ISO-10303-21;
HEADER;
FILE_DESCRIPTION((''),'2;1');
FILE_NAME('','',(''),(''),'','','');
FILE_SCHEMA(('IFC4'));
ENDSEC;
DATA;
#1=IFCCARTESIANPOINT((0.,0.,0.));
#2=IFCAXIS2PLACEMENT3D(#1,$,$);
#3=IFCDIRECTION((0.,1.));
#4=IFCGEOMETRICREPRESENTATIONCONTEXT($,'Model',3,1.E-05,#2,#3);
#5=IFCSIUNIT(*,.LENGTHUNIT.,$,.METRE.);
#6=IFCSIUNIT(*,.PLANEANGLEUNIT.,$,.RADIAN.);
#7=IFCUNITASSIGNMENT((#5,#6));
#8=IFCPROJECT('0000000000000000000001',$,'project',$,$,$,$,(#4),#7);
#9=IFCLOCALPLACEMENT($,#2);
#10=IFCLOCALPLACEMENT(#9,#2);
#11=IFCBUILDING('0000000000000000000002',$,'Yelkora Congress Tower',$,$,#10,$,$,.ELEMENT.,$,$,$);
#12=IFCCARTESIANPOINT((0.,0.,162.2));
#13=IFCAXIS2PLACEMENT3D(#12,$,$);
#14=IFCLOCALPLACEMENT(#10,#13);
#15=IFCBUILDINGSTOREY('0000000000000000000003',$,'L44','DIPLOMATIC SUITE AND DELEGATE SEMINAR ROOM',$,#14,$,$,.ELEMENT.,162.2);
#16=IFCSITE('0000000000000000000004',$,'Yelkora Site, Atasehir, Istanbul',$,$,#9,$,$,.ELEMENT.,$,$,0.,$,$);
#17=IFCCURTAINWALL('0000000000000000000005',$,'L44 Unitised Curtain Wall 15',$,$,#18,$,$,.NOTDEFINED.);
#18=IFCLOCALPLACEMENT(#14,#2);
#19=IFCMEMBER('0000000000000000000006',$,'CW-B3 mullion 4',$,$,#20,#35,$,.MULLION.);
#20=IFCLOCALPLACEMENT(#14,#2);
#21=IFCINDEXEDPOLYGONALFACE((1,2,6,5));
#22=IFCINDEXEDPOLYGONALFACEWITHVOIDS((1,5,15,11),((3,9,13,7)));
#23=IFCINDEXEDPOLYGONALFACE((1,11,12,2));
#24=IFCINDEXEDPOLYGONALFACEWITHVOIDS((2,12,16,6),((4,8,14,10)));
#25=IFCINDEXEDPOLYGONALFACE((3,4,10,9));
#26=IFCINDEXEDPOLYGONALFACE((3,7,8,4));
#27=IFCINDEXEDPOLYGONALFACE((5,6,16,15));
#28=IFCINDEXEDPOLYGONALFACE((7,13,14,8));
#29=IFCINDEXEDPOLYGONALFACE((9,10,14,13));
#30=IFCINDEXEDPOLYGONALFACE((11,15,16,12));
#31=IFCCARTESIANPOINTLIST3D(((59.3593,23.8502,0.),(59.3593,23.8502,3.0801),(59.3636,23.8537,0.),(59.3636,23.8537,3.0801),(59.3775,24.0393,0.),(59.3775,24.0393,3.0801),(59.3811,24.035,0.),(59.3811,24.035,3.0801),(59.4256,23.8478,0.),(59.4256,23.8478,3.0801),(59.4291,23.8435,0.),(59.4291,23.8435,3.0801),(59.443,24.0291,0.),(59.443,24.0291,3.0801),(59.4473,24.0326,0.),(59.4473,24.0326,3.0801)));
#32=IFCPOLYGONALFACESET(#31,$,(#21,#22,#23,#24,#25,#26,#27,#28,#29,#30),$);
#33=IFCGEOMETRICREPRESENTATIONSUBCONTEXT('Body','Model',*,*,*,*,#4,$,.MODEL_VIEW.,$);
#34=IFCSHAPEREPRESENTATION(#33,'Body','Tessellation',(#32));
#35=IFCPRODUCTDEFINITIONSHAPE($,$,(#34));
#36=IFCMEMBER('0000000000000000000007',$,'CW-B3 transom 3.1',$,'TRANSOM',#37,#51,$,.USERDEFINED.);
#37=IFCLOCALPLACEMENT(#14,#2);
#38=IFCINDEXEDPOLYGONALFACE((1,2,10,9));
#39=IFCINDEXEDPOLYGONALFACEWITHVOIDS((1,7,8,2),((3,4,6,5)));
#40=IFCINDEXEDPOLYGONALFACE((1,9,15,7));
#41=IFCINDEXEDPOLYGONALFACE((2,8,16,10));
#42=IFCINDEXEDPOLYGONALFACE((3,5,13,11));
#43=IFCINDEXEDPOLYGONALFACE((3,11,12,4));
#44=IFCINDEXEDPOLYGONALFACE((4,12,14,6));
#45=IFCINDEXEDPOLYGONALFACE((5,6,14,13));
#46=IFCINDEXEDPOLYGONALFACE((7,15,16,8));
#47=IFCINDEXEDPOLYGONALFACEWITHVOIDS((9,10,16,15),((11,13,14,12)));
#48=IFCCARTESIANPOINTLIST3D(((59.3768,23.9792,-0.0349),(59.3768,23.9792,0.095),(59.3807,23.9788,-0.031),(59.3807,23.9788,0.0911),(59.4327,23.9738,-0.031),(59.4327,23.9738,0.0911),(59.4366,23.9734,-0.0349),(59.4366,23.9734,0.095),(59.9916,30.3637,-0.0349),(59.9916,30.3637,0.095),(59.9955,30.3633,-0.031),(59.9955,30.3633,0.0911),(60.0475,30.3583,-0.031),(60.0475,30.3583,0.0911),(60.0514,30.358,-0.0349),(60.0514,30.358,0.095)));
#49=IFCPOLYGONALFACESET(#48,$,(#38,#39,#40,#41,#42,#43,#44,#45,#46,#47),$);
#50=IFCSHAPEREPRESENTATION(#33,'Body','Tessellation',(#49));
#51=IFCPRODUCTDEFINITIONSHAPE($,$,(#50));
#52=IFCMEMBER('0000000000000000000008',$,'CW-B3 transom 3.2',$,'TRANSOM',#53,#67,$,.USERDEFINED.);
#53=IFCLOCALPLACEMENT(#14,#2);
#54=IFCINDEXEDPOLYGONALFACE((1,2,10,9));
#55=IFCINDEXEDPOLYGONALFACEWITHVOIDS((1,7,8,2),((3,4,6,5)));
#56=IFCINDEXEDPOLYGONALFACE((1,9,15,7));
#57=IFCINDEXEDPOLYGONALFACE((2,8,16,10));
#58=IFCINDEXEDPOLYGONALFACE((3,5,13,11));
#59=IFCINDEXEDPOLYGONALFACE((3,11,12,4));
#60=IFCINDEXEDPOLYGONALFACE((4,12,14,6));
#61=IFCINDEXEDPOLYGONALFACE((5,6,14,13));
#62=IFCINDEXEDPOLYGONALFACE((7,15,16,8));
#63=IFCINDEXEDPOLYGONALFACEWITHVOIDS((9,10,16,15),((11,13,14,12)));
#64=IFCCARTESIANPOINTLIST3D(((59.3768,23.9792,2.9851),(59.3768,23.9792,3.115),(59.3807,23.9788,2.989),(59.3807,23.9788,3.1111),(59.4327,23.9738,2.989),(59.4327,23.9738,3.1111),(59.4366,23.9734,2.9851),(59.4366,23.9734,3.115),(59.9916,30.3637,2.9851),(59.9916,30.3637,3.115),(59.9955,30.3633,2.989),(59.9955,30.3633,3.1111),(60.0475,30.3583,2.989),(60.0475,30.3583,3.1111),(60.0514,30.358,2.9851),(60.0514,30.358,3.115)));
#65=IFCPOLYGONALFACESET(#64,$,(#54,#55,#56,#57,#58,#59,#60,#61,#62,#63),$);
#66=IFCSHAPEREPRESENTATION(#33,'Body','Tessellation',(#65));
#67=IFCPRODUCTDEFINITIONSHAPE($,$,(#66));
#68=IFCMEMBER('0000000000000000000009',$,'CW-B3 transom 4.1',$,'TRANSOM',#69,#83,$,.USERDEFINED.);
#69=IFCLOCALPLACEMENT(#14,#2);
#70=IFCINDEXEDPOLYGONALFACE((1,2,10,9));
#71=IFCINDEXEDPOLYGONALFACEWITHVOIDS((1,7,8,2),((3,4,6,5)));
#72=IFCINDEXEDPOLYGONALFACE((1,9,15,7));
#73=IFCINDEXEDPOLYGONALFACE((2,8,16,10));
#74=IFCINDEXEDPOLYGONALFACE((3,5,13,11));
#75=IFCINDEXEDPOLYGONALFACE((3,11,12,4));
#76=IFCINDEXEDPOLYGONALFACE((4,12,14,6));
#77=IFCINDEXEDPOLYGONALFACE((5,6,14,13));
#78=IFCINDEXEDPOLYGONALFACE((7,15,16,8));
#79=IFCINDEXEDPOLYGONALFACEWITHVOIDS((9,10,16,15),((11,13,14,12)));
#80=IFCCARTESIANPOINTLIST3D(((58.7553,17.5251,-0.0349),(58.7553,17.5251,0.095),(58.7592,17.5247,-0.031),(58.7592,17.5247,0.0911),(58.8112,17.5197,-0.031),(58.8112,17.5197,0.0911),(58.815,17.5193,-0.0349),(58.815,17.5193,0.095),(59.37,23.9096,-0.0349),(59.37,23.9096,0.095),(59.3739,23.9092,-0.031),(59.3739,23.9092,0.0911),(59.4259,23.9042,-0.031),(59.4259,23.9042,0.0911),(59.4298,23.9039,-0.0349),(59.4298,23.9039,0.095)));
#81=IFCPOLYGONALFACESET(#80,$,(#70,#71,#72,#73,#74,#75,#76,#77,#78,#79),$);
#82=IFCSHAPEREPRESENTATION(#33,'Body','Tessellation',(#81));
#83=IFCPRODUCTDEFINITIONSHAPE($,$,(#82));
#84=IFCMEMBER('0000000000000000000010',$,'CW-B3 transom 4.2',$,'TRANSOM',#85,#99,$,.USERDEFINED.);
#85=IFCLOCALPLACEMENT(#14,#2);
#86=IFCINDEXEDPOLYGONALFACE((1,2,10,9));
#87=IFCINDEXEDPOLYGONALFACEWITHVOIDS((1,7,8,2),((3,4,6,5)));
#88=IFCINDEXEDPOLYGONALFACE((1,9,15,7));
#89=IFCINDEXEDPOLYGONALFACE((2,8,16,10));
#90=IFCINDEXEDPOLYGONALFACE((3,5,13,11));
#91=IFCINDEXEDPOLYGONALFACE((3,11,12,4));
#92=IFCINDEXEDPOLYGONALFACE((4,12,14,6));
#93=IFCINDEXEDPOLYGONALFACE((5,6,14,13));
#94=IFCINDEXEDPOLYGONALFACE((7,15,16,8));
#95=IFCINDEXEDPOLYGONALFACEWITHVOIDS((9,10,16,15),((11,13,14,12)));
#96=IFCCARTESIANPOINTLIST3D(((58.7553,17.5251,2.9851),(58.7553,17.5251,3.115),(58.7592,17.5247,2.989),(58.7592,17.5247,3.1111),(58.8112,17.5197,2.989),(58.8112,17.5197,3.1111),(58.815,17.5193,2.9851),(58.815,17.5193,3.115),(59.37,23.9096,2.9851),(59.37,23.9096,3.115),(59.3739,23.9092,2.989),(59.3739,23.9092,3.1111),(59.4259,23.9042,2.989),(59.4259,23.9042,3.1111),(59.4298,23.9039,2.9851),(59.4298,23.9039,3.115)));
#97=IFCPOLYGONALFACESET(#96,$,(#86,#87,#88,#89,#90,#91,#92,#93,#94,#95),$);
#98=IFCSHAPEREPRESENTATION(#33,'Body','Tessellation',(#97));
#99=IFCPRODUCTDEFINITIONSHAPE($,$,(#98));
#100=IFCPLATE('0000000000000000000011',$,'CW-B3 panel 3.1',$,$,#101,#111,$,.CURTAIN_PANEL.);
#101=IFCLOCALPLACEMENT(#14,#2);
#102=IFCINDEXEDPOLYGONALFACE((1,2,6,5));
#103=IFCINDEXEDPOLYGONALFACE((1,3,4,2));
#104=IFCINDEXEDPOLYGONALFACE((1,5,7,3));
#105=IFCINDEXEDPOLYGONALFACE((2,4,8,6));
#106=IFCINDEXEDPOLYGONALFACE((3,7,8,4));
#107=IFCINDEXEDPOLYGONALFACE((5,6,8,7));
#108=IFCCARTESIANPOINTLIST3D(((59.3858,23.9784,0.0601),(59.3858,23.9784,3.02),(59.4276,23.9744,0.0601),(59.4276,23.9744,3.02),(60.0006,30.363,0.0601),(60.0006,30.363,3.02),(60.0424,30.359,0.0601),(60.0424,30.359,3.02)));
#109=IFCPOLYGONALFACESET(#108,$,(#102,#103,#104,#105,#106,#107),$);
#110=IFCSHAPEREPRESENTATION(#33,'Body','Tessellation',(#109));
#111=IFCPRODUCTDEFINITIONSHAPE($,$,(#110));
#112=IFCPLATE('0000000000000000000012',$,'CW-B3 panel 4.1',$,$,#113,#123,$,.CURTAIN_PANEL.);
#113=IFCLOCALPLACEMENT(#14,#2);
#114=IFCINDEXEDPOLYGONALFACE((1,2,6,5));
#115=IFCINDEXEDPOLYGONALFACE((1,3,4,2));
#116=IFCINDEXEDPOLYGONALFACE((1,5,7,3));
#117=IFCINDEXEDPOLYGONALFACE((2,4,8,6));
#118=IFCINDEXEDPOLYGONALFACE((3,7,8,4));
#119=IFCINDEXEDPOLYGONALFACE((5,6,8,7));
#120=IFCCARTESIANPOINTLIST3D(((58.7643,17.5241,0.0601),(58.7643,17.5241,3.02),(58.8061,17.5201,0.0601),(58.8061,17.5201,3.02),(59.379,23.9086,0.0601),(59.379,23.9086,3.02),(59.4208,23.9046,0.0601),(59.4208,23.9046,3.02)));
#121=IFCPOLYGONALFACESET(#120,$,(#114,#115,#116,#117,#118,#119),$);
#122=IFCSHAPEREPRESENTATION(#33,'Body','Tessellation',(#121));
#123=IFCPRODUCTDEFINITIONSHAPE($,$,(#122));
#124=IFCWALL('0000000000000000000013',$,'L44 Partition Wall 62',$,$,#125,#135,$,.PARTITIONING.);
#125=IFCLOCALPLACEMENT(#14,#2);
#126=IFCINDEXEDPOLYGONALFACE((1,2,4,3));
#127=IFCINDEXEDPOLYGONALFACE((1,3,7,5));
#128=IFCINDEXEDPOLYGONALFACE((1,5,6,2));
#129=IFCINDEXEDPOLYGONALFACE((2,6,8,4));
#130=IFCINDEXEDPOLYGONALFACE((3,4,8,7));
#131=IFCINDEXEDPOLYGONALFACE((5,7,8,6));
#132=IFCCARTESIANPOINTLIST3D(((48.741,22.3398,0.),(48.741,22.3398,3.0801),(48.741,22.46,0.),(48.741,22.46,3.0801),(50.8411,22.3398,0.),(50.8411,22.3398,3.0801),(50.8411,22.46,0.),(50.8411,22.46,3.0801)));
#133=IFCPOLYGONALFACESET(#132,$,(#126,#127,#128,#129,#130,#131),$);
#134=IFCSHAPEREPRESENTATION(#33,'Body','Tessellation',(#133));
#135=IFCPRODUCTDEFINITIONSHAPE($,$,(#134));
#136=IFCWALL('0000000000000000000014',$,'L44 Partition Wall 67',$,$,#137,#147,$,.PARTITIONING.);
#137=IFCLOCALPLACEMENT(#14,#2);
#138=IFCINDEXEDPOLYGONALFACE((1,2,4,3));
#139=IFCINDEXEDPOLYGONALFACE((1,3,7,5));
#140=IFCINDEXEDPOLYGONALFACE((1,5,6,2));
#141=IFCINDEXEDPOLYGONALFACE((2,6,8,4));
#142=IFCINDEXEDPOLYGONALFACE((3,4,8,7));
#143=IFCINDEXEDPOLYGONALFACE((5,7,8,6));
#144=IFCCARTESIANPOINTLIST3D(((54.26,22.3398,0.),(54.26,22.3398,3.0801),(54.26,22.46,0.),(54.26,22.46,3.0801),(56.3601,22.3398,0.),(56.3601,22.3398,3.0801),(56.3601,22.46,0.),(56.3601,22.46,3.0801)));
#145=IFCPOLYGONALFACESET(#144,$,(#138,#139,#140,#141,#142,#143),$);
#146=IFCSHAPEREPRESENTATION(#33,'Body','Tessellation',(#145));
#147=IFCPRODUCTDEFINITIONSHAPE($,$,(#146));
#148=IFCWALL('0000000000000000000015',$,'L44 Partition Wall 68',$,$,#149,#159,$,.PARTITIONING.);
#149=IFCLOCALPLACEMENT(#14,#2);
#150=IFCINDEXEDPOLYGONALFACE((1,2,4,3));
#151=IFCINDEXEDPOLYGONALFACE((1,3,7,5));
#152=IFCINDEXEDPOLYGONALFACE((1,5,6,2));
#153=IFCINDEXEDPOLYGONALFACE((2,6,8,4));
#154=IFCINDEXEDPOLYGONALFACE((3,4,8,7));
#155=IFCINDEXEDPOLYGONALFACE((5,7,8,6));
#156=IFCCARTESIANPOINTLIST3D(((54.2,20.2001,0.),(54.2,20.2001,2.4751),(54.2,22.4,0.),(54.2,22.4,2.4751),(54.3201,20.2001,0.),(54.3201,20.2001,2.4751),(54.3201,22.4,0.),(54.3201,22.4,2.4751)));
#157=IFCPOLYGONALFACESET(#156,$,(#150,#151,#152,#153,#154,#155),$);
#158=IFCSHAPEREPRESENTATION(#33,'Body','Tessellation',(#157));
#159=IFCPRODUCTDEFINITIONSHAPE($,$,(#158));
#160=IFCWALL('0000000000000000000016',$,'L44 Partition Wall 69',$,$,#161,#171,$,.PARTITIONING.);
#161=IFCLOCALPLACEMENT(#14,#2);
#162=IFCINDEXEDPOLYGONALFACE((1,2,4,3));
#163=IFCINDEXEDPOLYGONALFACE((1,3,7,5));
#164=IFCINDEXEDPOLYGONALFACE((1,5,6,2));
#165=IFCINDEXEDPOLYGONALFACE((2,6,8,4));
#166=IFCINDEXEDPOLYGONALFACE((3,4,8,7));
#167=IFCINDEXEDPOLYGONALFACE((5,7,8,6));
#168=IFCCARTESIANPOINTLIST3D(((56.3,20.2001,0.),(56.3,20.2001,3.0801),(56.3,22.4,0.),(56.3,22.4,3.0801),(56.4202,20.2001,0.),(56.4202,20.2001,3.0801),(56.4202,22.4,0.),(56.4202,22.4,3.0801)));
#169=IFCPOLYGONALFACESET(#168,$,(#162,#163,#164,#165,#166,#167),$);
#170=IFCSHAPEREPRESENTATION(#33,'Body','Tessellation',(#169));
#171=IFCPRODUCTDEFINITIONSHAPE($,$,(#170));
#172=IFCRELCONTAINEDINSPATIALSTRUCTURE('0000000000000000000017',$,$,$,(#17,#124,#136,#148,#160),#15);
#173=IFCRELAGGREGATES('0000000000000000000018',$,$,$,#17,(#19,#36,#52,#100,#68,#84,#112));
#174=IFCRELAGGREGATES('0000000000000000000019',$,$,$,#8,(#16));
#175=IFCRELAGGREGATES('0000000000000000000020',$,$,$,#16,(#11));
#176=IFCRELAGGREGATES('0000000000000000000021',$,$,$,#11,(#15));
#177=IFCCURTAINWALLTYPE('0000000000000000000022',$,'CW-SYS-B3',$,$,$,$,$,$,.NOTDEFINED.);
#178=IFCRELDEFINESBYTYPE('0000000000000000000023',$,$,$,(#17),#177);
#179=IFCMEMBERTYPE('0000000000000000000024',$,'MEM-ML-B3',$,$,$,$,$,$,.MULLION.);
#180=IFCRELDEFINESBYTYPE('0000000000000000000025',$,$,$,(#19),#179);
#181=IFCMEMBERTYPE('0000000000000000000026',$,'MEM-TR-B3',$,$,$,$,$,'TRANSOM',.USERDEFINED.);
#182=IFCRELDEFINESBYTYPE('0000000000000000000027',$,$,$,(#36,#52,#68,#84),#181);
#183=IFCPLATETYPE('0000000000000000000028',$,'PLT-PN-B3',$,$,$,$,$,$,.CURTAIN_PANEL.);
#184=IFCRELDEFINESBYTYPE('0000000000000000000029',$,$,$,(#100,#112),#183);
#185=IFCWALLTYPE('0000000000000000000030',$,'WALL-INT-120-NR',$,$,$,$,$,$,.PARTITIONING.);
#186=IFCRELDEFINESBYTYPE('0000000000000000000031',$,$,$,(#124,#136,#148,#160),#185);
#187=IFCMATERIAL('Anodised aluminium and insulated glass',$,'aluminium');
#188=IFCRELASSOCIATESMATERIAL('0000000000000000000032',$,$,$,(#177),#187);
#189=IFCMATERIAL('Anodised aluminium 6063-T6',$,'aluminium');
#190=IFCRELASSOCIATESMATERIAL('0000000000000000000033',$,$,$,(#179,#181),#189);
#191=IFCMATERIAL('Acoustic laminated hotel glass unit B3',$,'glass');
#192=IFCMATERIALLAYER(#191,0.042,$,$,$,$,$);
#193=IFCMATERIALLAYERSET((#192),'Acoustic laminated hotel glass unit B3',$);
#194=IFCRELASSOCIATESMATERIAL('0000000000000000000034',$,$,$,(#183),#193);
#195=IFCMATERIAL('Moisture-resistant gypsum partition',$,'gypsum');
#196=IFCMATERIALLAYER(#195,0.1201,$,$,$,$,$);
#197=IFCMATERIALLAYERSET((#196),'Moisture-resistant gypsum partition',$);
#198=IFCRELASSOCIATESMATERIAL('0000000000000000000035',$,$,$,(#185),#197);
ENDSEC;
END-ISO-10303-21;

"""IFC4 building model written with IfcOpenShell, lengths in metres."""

from ifc_helpers import new_model, si_unit, direction, frame, frame_2d, origin, origin_2d, place, context, subcontext, project, spatial, rectangle, hollow_rectangle, extrude, material, layer, layer_set, material_profile, profile_set, type_object, element, aggregate, save


model = new_model("IFC4")

# Units and contexts
model_context = context("Model", 3, precision=1e-05, world=origin(), true_north=direction((0.0, 1.0)))
body_context = subcontext(model_context, "Body", "Model", "MODEL_VIEW")
ifc_project = project(units=[si_unit("LENGTHUNIT", "METRE"), si_unit("PLANEANGLEUNIT", "RADIAN")], contexts=[model_context])

# Site, building, storey
site_placement = place(None, origin())
site = spatial("IfcSite", under=ifc_project, at=site_placement, Name="Yelkora Site, Atasehir, Istanbul", CompositionType="ELEMENT", RefElevation=0.0)
building_placement = place(site_placement, origin())
building = spatial("IfcBuilding", under=site, at=building_placement, Name="Yelkora Congress Tower", CompositionType="ELEMENT")
storey_placement = place(building_placement, frame((0.0, 0.0, 162.2)))
storey = spatial("IfcBuildingStorey", under=building, at=storey_placement, Name="L44", Description="DIPLOMATIC SUITE AND DELEGATE SEMINAR ROOM", CompositionType="ELEMENT", Elevation=162.2)

# Curtain wall, members, plates
ifc_material_1 = material(Name="Anodised aluminium and insulated glass", Category="aluminium")
curtain_wall_type = type_object("IfcCurtainWallType", Name="CW-SYS-B3", PredefinedType="NOTDEFINED", material=ifc_material_1)
curtain_wall_placement = place(storey_placement, origin())
curtain_wall = element("IfcCurtainWall", 1, at=curtain_wall_placement, inside=storey, type_object=curtain_wall_type, Name="L44 Unitised Curtain Wall 15", PredefinedType="NOTDEFINED")
ifc_material_2 = material(Name="Anodised aluminium 6063-T6", Category="aluminium")
ifc_material_profile_1 = material_profile(ifc_material_2, hollow_rectangle(XDim=0.0701, YDim=0.1899, WallThickness=0.0039, at=origin_2d()), Name="ALU 70x190x4")
ifc_profile_set_1 = profile_set([ifc_material_profile_1], Name="Anodised aluminium 6063-T6")
member_type_1 = type_object("IfcMemberType", Name="MEM-ML-B3", PredefinedType="MULLION", material=ifc_profile_set_1)
member_1_placement = place(storey_placement, frame((59.4033, 23.9414, 0.0), z_axis=(0.0, 0.0, 1.0), x_axis=(0.995397, -0.095842, 0.0)))
member_1 = element("IfcMember", 2, at=member_1_placement, type_object=member_type_1, Name="CW-B3 mullion 4", PredefinedType="MULLION", context=body_context, shape_type="SweptSolid", body=[
    extrude(hollow_rectangle(XDim=0.0701, YDim=0.1899, WallThickness=0.0039, at=origin_2d()), origin(), (0.0, 0.0, 1.0), 3.0801),
])
ifc_material_profile_2 = material_profile(ifc_material_2, hollow_rectangle(XDim=0.0601, YDim=0.1299, WallThickness=0.0039, at=origin_2d()), Name="ALU 60x130x4")
ifc_profile_set_2 = profile_set([ifc_material_profile_2], Name="Anodised aluminium 6063-T6")
member_type_2 = type_object("IfcMemberType", Name="MEM-TR-B3", ElementType="TRANSOM", PredefinedType="USERDEFINED", material=ifc_profile_set_2)
member_2_placement = place(storey_placement, frame((60.0215, 30.3608, 0.03), z_axis=(-0.095844, -0.995396, 0.0), x_axis=(0.995396, -0.095844, 0.0)))
member_2 = element("IfcMember", 3, at=member_2_placement, type_object=member_type_2, Name="CW-B3 transom 3.1", ObjectType="TRANSOM", PredefinedType="USERDEFINED", context=body_context, shape_type="SweptSolid", body=[
    extrude(hollow_rectangle(XDim=0.0601, YDim=0.1299, WallThickness=0.0039, at=origin_2d()), origin(), (0.0, 0.0, 1.0), 6.4141),
])
member_3_placement = place(storey_placement, frame((60.0215, 30.3608, 3.05), z_axis=(-0.095844, -0.995396, 0.0), x_axis=(0.995396, -0.095844, 0.0)))
member_3 = element("IfcMember", 4, at=member_3_placement, type_object=member_type_2, Name="CW-B3 transom 3.2", ObjectType="TRANSOM", PredefinedType="USERDEFINED", context=body_context, shape_type="SweptSolid", body=[
    extrude(hollow_rectangle(XDim=0.0601, YDim=0.1299, WallThickness=0.0039, at=origin_2d()), origin(), (0.0, 0.0, 1.0), 6.4141),
])
member_4_placement = place(storey_placement, frame((59.3999, 23.9067, 0.03), z_axis=(-0.095844, -0.995396, 0.0), x_axis=(0.995396, -0.095844, 0.0)))
member_4 = element("IfcMember", 5, at=member_4_placement, type_object=member_type_2, Name="CW-B3 transom 4.1", ObjectType="TRANSOM", PredefinedType="USERDEFINED", context=body_context, shape_type="SweptSolid", body=[
    extrude(hollow_rectangle(XDim=0.0601, YDim=0.1299, WallThickness=0.0039, at=origin_2d()), origin(), (0.0, 0.0, 1.0), 6.4141),
])
member_5_placement = place(storey_placement, frame((59.3999, 23.9067, 3.05), z_axis=(-0.095844, -0.995396, 0.0), x_axis=(0.995396, -0.095844, 0.0)))
member_5 = element("IfcMember", 6, at=member_5_placement, type_object=member_type_2, Name="CW-B3 transom 4.2", ObjectType="TRANSOM", PredefinedType="USERDEFINED", context=body_context, shape_type="SweptSolid", body=[
    extrude(hollow_rectangle(XDim=0.0601, YDim=0.1299, WallThickness=0.0039, at=origin_2d()), origin(), (0.0, 0.0, 1.0), 6.4141),
])
ifc_material_3 = material(Name="Acoustic laminated hotel glass unit B3", Category="glass")
ifc_layer_1 = layer(ifc_material_3, 0.042)
ifc_layer_set_1 = layer_set([ifc_layer_1], Name="Acoustic laminated hotel glass unit B3")
plate_type = type_object("IfcPlateType", Name="PLT-PN-B3", PredefinedType="CURTAIN_PANEL", material=ifc_layer_set_1)
plate_1_placement = place(storey_placement, frame((59.7141, 27.1687, 0.0601), z_axis=(0.0, 0.0, 1.0), x_axis=(-0.095842, -0.995397, 0.0)))
plate_1 = element("IfcPlate", 7, at=plate_1_placement, type_object=plate_type, Name="CW-B3 panel 3.1", PredefinedType="CURTAIN_PANEL", context=body_context, shape_type="SweptSolid", body=[
    extrude(rectangle(XDim=6.4141, YDim=0.042, at=origin_2d()), origin(), (0.0, 0.0, 1.0), 2.96),
])
plate_2_placement = place(storey_placement, frame((59.0925, 20.7144, 0.0601), z_axis=(0.0, 0.0, 1.0), x_axis=(-0.095842, -0.995397, 0.0)))
plate_2 = element("IfcPlate", 8, at=plate_2_placement, type_object=plate_type, Name="CW-B3 panel 4.1", PredefinedType="CURTAIN_PANEL", context=body_context, shape_type="SweptSolid", body=[
    extrude(rectangle(XDim=6.4141, YDim=0.042, at=origin_2d()), origin(), (0.0, 0.0, 1.0), 2.96),
])
aggregate(curtain_wall, [member_1, member_2, member_3, plate_1, member_4, member_5, plate_2])

# Walls
ifc_material_4 = material(Name="Moisture-resistant gypsum partition", Category="gypsum")
ifc_layer_2 = layer(ifc_material_4, 0.1201)
ifc_layer_set_2 = layer_set([ifc_layer_2], Name="Moisture-resistant gypsum partition")
wall_type_1 = type_object("IfcWallType", Name="WALL-INT-120-NR", PredefinedType="PARTITIONING", material=ifc_layer_set_2)
for number, where, z_axis, x_axis, name in (
    (9, (48.741, 22.3999, 0.0), (0.0, 0.0, 1.0), (1.0, 0.0, 0.0), "L44 Partition Wall 62"),
    (10, (54.26, 22.3999, 0.0), (0.0, 0.0, 1.0), (1.0, 0.0, 0.0), "L44 Partition Wall 67"),
):
    element("IfcWall", number, at=place(storey_placement, frame(where, z_axis=z_axis, x_axis=x_axis)), inside=storey, type_object=wall_type_1, Name=name, PredefinedType="PARTITIONING", context=body_context, shape_type="SweptSolid", body=[
        extrude(rectangle(XDim=2.1001, YDim=0.1201, at=frame_2d((1.05, 0.0))), origin(), (0.0, 0.0, 1.0), 3.0801),
    ])
wall_1_placement = place(storey_placement, frame((54.26, 20.2, 0.0), z_axis=(0.0, 0.0, 1.0), x_axis=(0.0, 1.0, 0.0)))
element("IfcWall", 11, at=wall_1_placement, inside=storey, type_object=wall_type_1, Name="L44 Partition Wall 68", PredefinedType="PARTITIONING", context=body_context, shape_type="SweptSolid", body=[
    extrude(rectangle(XDim=2.2, YDim=0.1201, at=frame_2d((1.1001, 0.0))), origin(), (0.0, 0.0, 1.0), 2.4751),
])
wall_2_placement = place(storey_placement, frame((56.3601, 20.2, 0.0), z_axis=(0.0, 0.0, 1.0), x_axis=(0.0, 1.0, 0.0)))
element("IfcWall", 12, at=wall_2_placement, inside=storey, type_object=wall_type_1, Name="L44 Partition Wall 69", PredefinedType="PARTITIONING", context=body_context, shape_type="SweptSolid", body=[
    extrude(rectangle(XDim=2.2, YDim=0.1201, at=frame_2d((1.1001, 0.0))), origin(), (0.0, 0.0, 1.0), 3.0801),
])

save(model, "model.ifc")
